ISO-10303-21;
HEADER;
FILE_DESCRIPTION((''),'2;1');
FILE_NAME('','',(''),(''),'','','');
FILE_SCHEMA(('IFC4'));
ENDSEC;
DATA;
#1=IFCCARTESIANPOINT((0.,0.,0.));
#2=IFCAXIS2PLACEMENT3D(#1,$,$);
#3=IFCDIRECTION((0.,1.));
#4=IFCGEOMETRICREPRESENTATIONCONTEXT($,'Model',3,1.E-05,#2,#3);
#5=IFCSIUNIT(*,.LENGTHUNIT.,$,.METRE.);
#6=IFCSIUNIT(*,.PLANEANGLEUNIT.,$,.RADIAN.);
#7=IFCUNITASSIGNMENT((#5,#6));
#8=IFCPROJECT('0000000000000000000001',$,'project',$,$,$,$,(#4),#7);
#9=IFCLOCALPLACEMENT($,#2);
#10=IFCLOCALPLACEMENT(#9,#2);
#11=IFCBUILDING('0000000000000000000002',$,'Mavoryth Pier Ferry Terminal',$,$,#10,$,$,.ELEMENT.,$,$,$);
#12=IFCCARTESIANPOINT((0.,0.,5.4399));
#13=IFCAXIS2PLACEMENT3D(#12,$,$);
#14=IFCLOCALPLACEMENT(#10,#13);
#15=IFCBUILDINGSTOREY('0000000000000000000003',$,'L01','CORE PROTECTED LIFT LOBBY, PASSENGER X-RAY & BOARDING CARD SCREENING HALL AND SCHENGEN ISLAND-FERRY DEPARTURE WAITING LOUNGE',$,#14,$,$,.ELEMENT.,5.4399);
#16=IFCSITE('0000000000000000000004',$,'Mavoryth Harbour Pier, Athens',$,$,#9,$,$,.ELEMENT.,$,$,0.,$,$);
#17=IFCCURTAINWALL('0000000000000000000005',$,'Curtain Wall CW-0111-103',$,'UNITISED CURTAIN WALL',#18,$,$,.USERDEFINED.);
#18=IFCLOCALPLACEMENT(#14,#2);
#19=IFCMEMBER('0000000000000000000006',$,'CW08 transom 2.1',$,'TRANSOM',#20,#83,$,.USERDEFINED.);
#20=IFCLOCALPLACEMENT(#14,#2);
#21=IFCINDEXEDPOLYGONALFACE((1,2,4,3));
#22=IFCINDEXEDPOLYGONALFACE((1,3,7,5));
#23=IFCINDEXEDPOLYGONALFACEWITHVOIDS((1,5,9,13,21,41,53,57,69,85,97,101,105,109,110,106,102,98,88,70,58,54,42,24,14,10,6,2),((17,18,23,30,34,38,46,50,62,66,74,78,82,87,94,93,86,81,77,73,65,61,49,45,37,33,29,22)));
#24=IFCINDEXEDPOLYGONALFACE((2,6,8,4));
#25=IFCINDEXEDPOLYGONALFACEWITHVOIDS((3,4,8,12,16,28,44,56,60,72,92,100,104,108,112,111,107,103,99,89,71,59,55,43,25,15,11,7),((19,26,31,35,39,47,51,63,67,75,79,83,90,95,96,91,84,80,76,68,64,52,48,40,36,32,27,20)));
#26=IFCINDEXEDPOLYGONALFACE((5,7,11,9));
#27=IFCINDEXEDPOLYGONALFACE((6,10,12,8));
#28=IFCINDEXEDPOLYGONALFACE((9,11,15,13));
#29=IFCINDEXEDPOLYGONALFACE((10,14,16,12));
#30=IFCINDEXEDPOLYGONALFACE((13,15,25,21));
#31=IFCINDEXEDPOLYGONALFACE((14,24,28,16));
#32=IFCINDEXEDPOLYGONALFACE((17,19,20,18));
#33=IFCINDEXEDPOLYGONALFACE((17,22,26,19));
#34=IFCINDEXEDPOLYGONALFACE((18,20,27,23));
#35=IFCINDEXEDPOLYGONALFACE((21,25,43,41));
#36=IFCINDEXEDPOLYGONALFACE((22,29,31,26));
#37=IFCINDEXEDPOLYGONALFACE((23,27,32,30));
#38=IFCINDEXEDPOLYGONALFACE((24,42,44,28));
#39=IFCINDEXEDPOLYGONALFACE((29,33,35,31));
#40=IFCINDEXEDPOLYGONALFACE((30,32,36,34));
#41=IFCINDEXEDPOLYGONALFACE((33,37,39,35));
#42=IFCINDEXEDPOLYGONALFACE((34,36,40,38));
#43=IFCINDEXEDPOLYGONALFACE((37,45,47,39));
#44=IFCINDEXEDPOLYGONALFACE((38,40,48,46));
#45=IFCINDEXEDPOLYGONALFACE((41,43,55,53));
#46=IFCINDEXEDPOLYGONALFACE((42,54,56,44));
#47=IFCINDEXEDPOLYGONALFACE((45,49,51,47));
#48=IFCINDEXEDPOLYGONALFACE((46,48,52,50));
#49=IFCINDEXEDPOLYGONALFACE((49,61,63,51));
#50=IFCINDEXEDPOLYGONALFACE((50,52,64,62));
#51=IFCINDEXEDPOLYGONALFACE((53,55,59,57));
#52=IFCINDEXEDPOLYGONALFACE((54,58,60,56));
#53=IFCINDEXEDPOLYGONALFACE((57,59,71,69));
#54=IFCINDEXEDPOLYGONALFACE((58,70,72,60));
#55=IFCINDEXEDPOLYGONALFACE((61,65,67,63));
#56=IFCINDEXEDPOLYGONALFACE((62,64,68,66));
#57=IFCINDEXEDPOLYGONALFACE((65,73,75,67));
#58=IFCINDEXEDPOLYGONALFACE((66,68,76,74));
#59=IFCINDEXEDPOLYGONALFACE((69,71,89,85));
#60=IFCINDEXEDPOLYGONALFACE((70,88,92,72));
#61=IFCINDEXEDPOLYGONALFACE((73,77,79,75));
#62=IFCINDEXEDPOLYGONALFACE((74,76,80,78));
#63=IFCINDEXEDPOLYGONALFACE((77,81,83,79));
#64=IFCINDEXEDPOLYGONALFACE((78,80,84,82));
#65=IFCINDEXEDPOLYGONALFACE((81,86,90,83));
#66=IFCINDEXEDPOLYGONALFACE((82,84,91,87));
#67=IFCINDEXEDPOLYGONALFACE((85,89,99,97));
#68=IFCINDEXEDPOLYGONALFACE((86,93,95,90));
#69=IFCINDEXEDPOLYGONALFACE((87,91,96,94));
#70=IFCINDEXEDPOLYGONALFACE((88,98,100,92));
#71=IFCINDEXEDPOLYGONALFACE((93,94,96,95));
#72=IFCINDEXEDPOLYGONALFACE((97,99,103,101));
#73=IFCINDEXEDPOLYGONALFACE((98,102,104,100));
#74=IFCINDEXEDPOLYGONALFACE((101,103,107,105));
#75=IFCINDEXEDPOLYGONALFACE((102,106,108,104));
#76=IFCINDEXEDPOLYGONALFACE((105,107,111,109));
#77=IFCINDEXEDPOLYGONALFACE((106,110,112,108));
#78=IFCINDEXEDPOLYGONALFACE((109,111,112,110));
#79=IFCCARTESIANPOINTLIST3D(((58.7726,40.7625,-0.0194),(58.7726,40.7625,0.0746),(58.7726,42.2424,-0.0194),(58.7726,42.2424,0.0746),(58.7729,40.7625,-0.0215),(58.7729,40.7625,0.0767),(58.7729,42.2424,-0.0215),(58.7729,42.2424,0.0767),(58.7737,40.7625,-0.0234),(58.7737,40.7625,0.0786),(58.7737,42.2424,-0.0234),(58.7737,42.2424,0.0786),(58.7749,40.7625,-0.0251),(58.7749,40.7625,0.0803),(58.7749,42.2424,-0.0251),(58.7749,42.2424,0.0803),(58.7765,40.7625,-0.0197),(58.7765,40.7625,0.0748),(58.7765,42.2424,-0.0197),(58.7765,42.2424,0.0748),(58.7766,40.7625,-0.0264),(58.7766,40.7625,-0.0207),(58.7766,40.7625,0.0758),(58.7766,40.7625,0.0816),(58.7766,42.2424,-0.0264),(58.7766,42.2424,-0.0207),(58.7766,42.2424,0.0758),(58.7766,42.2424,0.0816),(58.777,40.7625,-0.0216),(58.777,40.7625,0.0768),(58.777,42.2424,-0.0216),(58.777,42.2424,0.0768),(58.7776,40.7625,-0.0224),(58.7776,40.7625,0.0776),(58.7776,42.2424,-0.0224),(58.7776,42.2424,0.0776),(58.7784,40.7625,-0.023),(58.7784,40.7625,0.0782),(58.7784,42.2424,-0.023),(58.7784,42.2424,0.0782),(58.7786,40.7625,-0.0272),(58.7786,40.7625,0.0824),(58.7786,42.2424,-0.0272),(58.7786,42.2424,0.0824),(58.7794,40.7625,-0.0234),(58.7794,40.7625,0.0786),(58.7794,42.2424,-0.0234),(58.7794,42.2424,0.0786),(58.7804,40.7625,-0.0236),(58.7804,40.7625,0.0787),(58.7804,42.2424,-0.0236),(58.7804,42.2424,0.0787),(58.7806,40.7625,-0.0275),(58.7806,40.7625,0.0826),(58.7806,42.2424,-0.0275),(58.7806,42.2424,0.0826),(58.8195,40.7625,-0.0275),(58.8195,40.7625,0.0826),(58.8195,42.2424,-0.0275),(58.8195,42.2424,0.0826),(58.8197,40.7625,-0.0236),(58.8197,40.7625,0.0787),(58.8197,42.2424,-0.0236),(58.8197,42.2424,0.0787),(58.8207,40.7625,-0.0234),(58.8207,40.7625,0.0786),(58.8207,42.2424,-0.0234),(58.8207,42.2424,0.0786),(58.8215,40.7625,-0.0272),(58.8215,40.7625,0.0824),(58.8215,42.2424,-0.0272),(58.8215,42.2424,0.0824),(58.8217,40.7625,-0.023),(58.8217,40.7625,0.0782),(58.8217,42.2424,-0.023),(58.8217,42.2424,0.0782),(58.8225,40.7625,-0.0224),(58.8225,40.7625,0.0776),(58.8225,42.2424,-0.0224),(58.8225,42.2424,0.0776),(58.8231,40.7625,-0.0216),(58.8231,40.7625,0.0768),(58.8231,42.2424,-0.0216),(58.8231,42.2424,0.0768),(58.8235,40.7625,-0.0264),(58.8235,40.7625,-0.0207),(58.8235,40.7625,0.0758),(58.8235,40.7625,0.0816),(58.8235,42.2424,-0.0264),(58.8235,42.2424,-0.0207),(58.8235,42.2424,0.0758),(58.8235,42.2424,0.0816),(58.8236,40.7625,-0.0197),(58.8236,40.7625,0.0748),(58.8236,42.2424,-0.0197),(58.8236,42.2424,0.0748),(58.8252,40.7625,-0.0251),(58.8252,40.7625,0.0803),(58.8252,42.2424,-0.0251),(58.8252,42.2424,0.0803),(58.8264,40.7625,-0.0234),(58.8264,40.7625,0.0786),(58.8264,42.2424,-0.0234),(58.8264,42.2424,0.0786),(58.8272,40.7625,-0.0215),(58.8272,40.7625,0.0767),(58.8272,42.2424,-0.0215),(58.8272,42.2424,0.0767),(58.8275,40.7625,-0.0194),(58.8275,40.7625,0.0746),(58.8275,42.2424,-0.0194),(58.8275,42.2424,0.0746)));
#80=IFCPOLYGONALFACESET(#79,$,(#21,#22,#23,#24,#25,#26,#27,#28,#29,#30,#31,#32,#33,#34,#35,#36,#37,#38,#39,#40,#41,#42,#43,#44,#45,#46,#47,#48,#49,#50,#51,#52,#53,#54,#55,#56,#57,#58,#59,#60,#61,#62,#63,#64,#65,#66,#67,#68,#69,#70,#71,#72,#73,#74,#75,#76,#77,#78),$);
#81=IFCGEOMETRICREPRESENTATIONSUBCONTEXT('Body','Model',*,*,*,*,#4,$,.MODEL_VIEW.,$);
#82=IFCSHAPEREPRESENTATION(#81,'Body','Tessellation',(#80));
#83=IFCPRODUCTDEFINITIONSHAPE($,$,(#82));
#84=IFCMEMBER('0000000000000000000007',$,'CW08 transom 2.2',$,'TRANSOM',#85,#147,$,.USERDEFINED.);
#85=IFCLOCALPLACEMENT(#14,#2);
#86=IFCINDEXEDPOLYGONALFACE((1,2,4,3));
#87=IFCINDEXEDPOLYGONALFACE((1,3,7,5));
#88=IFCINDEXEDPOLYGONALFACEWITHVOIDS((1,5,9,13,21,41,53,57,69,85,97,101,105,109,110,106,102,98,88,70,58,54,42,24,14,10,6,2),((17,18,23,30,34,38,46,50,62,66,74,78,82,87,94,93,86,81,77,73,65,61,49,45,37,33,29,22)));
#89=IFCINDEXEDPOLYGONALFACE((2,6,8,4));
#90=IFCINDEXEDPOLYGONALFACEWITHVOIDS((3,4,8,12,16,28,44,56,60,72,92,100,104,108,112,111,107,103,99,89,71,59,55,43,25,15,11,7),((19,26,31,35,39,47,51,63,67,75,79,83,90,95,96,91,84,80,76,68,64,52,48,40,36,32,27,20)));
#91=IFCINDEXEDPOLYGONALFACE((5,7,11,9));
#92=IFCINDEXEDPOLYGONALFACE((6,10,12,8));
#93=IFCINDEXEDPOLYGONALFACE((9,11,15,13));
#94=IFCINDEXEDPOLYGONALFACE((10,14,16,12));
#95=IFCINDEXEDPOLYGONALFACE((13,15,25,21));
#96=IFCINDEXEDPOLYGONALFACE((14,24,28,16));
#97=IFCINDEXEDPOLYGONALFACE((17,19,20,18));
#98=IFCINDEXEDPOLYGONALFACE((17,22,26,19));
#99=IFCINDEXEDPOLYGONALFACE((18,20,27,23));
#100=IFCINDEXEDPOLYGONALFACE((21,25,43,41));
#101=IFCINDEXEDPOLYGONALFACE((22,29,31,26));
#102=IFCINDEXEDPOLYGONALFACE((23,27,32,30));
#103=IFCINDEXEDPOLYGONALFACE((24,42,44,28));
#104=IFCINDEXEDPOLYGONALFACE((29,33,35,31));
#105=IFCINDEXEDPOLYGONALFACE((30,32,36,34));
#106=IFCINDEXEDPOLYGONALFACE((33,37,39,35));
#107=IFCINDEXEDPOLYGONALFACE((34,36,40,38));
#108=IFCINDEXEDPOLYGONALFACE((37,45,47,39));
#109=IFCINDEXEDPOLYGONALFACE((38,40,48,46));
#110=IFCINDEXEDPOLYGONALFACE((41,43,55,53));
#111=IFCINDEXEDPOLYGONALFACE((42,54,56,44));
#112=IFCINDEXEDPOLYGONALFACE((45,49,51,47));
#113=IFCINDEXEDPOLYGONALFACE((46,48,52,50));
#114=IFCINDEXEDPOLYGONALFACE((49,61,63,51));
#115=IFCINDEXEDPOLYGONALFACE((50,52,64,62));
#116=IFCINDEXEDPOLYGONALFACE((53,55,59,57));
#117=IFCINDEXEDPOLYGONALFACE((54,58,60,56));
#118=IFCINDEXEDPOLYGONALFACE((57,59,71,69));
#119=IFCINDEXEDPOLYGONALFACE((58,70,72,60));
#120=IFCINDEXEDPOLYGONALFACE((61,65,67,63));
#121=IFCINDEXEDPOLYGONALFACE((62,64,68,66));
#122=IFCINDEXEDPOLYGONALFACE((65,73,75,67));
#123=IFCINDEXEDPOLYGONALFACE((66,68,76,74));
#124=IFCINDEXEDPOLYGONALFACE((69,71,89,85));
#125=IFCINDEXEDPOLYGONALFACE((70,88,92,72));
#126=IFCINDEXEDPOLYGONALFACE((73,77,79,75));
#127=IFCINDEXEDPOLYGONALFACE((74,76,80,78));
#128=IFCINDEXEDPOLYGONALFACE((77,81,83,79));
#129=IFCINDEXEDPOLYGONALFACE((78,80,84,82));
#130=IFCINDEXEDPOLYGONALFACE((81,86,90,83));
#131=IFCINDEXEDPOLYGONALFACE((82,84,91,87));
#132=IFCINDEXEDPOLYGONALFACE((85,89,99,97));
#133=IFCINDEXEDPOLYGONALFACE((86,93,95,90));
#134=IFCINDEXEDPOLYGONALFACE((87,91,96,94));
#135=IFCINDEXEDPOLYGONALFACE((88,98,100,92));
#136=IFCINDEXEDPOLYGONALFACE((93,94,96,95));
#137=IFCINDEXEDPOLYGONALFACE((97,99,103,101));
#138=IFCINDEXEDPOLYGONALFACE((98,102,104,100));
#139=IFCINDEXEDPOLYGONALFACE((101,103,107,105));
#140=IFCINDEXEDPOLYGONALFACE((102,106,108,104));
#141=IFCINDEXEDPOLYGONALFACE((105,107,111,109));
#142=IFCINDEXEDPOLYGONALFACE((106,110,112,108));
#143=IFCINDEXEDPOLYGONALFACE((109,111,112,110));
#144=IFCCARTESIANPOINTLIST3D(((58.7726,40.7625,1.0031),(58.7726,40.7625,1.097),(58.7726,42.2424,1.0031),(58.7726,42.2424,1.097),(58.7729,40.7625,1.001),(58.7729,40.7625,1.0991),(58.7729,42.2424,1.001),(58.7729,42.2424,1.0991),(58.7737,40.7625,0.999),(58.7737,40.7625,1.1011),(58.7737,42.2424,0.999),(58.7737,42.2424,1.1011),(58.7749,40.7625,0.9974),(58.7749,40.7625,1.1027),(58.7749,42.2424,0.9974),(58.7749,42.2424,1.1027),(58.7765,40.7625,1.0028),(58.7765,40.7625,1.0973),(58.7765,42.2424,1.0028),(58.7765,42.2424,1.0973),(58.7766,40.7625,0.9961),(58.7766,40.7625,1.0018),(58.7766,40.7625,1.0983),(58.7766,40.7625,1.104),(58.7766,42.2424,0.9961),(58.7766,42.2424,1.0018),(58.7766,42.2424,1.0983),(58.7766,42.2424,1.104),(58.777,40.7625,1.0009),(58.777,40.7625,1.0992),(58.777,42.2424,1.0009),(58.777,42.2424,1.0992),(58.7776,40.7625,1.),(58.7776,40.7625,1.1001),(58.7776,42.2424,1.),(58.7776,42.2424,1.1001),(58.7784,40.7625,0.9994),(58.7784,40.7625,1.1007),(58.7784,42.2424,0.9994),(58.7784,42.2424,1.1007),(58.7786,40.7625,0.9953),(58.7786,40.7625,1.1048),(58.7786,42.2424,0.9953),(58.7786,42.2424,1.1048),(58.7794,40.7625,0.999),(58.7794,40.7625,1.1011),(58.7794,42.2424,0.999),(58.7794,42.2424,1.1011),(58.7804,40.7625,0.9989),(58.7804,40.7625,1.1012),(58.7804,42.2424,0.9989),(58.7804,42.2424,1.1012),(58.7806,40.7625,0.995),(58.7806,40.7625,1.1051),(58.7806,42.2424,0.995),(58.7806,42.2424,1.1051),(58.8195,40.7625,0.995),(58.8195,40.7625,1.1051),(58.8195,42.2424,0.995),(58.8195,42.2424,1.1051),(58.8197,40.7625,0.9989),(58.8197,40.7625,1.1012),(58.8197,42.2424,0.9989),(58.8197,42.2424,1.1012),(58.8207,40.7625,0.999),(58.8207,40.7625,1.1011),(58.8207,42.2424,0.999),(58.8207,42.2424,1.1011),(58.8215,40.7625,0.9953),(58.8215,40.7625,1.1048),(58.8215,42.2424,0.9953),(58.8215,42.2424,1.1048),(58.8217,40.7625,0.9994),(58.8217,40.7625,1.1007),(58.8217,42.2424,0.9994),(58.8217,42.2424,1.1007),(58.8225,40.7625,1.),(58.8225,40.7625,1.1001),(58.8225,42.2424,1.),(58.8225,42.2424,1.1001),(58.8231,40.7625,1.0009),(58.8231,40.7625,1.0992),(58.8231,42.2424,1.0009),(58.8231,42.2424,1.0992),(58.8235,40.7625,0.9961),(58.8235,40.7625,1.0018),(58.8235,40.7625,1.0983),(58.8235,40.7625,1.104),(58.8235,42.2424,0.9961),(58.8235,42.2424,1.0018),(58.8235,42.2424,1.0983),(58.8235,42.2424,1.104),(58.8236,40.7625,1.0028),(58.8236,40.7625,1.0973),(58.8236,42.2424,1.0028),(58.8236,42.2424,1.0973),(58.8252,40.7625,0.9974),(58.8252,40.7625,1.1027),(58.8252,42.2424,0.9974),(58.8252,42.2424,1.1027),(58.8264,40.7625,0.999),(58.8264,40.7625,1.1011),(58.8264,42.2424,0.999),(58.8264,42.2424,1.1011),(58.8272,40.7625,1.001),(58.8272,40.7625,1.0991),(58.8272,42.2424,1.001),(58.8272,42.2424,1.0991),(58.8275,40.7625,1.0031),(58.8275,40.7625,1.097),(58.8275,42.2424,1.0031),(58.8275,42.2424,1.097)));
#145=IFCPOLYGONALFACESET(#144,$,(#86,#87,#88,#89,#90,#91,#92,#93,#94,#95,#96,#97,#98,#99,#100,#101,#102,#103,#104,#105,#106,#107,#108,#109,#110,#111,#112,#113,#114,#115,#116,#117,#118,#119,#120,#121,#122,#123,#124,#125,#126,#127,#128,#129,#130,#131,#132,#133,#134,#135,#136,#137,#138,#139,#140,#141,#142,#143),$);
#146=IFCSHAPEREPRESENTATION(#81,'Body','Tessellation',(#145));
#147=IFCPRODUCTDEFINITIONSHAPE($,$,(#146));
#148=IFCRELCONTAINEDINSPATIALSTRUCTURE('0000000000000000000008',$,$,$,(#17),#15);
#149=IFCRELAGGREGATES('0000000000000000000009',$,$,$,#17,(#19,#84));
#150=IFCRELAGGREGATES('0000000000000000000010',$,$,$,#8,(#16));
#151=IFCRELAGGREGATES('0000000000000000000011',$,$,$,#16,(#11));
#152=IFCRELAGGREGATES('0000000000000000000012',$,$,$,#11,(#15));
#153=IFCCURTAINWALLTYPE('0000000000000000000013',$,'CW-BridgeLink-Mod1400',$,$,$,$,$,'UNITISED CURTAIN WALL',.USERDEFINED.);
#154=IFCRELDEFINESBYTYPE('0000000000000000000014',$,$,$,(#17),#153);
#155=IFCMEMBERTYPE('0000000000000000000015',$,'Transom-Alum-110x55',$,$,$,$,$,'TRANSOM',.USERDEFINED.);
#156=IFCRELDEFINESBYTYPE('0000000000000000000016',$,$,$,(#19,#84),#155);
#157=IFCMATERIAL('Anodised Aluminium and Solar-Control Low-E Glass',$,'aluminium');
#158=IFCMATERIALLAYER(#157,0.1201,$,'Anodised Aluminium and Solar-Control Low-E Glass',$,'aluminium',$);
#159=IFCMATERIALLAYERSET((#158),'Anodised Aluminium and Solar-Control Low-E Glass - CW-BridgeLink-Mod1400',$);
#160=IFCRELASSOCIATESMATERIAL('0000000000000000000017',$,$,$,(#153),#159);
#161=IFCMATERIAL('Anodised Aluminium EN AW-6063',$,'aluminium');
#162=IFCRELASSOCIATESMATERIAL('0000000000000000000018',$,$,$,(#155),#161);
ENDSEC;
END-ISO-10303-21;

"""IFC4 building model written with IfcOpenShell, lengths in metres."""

from ifc_helpers import new_model, si_unit, direction, frame, origin, origin_2d, place, context, subcontext, project, spatial, hollow_rectangle, extrude, material, layer, layer_set, material_profile, profile_set, type_object, element, aggregate, save


model = new_model("IFC4")

# Units and contexts
model_context = context("Model", 3, precision=1e-05, world=origin(), true_north=direction((0.0, 1.0)))
body_context = subcontext(model_context, "Body", "Model", "MODEL_VIEW")
ifc_project = project(units=[si_unit("LENGTHUNIT", "METRE"), si_unit("PLANEANGLEUNIT", "RADIAN")], contexts=[model_context])

# Site, building, storey
site_placement = place(None, origin())
site = spatial("IfcSite", under=ifc_project, at=site_placement, Name="Mavoryth Harbour Pier, Athens", CompositionType="ELEMENT", RefElevation=0.0)
building_placement = place(site_placement, origin())
building = spatial("IfcBuilding", under=site, at=building_placement, Name="Mavoryth Pier Ferry Terminal", CompositionType="ELEMENT")
storey_placement = place(building_placement, frame((0.0, 0.0, 5.4399)))
storey = spatial("IfcBuildingStorey", under=building, at=storey_placement, Name="L01", Description="CORE PROTECTED LIFT LOBBY, PASSENGER X-RAY & BOARDING CARD SCREENING HALL AND SCHENGEN ISLAND-FERRY DEPARTURE WAITING LOUNGE", CompositionType="ELEMENT", Elevation=5.4399)

# Curtain wall
ifc_material_1 = material(Name="Anodised Aluminium and Solar-Control Low-E Glass", Category="aluminium")
ifc_layer_1 = layer(ifc_material_1, 0.1201, Name="Anodised Aluminium and Solar-Control Low-E Glass", Category="aluminium")
ifc_layer_set_1 = layer_set([ifc_layer_1], Name="Anodised Aluminium and Solar-Control Low-E Glass - CW-BridgeLink-Mod1400")
curtain_wall_type = type_object("IfcCurtainWallType", Name="CW-BridgeLink-Mod1400", ElementType="UNITISED CURTAIN WALL", PredefinedType="USERDEFINED", material=ifc_layer_set_1)
curtain_wall_placement = place(storey_placement, origin())
curtain_wall = element("IfcCurtainWall", 1, at=curtain_wall_placement, inside=storey, type_object=curtain_wall_type, Name="Curtain Wall CW-0111-103", ObjectType="UNITISED CURTAIN WALL", PredefinedType="USERDEFINED")
ifc_material_2 = material(Name="Anodised Aluminium EN AW-6063", Category="aluminium")

# Members
ifc_material_profile_1 = material_profile(ifc_material_2, hollow_rectangle(XDim=0.0549, YDim=0.1101, WallThickness=0.0039, InnerFilletRadius=0.0039, OuterFilletRadius=0.0081, at=origin_2d()), Name="AL-TRAN 110x55x4", Category="aluminium")
ifc_profile_set_1 = profile_set([ifc_material_profile_1], Name="Anodised Aluminium EN AW-6063 - AL-TRAN 110x55x4")
member_type_1 = type_object("IfcMemberType", Name="Transom-Alum-110x55", ElementType="TRANSOM", PredefinedType="USERDEFINED", material=ifc_profile_set_1)
member_1_placement = place(storey_placement, frame((58.8, 40.7625, 0.0276), z_axis=(0.0, 1.0, 0.0), x_axis=(-1.0, 0.0, 0.0)))
member_1 = element("IfcMember", 2, at=member_1_placement, type_object=member_type_1, Name="CW08 transom 2.1", ObjectType="TRANSOM", PredefinedType="USERDEFINED", context=body_context, shape_type="SweptSolid", body=[
    extrude(hollow_rectangle(XDim=0.0549, YDim=0.1101, WallThickness=0.0039, InnerFilletRadius=0.0039, OuterFilletRadius=0.0081, at=origin_2d()), origin(), (0.0, 0.0, 1.0), 1.48),
])
member_2_placement = place(storey_placement, frame((58.8, 40.7625, 1.05), z_axis=(0.0, 1.0, 0.0), x_axis=(-1.0, 0.0, 0.0)))
member_2 = element("IfcMember", 3, at=member_2_placement, type_object=member_type_1, Name="CW08 transom 2.2", ObjectType="TRANSOM", PredefinedType="USERDEFINED", context=body_context, shape_type="SweptSolid", body=[
    extrude(hollow_rectangle(XDim=0.0549, YDim=0.1101, WallThickness=0.0039, InnerFilletRadius=0.0039, OuterFilletRadius=0.0081, at=origin_2d()), origin(), (0.0, 0.0, 1.0), 1.48),
])

aggregate(curtain_wall, [member_1, member_2])

save(model, "model.ifc")
